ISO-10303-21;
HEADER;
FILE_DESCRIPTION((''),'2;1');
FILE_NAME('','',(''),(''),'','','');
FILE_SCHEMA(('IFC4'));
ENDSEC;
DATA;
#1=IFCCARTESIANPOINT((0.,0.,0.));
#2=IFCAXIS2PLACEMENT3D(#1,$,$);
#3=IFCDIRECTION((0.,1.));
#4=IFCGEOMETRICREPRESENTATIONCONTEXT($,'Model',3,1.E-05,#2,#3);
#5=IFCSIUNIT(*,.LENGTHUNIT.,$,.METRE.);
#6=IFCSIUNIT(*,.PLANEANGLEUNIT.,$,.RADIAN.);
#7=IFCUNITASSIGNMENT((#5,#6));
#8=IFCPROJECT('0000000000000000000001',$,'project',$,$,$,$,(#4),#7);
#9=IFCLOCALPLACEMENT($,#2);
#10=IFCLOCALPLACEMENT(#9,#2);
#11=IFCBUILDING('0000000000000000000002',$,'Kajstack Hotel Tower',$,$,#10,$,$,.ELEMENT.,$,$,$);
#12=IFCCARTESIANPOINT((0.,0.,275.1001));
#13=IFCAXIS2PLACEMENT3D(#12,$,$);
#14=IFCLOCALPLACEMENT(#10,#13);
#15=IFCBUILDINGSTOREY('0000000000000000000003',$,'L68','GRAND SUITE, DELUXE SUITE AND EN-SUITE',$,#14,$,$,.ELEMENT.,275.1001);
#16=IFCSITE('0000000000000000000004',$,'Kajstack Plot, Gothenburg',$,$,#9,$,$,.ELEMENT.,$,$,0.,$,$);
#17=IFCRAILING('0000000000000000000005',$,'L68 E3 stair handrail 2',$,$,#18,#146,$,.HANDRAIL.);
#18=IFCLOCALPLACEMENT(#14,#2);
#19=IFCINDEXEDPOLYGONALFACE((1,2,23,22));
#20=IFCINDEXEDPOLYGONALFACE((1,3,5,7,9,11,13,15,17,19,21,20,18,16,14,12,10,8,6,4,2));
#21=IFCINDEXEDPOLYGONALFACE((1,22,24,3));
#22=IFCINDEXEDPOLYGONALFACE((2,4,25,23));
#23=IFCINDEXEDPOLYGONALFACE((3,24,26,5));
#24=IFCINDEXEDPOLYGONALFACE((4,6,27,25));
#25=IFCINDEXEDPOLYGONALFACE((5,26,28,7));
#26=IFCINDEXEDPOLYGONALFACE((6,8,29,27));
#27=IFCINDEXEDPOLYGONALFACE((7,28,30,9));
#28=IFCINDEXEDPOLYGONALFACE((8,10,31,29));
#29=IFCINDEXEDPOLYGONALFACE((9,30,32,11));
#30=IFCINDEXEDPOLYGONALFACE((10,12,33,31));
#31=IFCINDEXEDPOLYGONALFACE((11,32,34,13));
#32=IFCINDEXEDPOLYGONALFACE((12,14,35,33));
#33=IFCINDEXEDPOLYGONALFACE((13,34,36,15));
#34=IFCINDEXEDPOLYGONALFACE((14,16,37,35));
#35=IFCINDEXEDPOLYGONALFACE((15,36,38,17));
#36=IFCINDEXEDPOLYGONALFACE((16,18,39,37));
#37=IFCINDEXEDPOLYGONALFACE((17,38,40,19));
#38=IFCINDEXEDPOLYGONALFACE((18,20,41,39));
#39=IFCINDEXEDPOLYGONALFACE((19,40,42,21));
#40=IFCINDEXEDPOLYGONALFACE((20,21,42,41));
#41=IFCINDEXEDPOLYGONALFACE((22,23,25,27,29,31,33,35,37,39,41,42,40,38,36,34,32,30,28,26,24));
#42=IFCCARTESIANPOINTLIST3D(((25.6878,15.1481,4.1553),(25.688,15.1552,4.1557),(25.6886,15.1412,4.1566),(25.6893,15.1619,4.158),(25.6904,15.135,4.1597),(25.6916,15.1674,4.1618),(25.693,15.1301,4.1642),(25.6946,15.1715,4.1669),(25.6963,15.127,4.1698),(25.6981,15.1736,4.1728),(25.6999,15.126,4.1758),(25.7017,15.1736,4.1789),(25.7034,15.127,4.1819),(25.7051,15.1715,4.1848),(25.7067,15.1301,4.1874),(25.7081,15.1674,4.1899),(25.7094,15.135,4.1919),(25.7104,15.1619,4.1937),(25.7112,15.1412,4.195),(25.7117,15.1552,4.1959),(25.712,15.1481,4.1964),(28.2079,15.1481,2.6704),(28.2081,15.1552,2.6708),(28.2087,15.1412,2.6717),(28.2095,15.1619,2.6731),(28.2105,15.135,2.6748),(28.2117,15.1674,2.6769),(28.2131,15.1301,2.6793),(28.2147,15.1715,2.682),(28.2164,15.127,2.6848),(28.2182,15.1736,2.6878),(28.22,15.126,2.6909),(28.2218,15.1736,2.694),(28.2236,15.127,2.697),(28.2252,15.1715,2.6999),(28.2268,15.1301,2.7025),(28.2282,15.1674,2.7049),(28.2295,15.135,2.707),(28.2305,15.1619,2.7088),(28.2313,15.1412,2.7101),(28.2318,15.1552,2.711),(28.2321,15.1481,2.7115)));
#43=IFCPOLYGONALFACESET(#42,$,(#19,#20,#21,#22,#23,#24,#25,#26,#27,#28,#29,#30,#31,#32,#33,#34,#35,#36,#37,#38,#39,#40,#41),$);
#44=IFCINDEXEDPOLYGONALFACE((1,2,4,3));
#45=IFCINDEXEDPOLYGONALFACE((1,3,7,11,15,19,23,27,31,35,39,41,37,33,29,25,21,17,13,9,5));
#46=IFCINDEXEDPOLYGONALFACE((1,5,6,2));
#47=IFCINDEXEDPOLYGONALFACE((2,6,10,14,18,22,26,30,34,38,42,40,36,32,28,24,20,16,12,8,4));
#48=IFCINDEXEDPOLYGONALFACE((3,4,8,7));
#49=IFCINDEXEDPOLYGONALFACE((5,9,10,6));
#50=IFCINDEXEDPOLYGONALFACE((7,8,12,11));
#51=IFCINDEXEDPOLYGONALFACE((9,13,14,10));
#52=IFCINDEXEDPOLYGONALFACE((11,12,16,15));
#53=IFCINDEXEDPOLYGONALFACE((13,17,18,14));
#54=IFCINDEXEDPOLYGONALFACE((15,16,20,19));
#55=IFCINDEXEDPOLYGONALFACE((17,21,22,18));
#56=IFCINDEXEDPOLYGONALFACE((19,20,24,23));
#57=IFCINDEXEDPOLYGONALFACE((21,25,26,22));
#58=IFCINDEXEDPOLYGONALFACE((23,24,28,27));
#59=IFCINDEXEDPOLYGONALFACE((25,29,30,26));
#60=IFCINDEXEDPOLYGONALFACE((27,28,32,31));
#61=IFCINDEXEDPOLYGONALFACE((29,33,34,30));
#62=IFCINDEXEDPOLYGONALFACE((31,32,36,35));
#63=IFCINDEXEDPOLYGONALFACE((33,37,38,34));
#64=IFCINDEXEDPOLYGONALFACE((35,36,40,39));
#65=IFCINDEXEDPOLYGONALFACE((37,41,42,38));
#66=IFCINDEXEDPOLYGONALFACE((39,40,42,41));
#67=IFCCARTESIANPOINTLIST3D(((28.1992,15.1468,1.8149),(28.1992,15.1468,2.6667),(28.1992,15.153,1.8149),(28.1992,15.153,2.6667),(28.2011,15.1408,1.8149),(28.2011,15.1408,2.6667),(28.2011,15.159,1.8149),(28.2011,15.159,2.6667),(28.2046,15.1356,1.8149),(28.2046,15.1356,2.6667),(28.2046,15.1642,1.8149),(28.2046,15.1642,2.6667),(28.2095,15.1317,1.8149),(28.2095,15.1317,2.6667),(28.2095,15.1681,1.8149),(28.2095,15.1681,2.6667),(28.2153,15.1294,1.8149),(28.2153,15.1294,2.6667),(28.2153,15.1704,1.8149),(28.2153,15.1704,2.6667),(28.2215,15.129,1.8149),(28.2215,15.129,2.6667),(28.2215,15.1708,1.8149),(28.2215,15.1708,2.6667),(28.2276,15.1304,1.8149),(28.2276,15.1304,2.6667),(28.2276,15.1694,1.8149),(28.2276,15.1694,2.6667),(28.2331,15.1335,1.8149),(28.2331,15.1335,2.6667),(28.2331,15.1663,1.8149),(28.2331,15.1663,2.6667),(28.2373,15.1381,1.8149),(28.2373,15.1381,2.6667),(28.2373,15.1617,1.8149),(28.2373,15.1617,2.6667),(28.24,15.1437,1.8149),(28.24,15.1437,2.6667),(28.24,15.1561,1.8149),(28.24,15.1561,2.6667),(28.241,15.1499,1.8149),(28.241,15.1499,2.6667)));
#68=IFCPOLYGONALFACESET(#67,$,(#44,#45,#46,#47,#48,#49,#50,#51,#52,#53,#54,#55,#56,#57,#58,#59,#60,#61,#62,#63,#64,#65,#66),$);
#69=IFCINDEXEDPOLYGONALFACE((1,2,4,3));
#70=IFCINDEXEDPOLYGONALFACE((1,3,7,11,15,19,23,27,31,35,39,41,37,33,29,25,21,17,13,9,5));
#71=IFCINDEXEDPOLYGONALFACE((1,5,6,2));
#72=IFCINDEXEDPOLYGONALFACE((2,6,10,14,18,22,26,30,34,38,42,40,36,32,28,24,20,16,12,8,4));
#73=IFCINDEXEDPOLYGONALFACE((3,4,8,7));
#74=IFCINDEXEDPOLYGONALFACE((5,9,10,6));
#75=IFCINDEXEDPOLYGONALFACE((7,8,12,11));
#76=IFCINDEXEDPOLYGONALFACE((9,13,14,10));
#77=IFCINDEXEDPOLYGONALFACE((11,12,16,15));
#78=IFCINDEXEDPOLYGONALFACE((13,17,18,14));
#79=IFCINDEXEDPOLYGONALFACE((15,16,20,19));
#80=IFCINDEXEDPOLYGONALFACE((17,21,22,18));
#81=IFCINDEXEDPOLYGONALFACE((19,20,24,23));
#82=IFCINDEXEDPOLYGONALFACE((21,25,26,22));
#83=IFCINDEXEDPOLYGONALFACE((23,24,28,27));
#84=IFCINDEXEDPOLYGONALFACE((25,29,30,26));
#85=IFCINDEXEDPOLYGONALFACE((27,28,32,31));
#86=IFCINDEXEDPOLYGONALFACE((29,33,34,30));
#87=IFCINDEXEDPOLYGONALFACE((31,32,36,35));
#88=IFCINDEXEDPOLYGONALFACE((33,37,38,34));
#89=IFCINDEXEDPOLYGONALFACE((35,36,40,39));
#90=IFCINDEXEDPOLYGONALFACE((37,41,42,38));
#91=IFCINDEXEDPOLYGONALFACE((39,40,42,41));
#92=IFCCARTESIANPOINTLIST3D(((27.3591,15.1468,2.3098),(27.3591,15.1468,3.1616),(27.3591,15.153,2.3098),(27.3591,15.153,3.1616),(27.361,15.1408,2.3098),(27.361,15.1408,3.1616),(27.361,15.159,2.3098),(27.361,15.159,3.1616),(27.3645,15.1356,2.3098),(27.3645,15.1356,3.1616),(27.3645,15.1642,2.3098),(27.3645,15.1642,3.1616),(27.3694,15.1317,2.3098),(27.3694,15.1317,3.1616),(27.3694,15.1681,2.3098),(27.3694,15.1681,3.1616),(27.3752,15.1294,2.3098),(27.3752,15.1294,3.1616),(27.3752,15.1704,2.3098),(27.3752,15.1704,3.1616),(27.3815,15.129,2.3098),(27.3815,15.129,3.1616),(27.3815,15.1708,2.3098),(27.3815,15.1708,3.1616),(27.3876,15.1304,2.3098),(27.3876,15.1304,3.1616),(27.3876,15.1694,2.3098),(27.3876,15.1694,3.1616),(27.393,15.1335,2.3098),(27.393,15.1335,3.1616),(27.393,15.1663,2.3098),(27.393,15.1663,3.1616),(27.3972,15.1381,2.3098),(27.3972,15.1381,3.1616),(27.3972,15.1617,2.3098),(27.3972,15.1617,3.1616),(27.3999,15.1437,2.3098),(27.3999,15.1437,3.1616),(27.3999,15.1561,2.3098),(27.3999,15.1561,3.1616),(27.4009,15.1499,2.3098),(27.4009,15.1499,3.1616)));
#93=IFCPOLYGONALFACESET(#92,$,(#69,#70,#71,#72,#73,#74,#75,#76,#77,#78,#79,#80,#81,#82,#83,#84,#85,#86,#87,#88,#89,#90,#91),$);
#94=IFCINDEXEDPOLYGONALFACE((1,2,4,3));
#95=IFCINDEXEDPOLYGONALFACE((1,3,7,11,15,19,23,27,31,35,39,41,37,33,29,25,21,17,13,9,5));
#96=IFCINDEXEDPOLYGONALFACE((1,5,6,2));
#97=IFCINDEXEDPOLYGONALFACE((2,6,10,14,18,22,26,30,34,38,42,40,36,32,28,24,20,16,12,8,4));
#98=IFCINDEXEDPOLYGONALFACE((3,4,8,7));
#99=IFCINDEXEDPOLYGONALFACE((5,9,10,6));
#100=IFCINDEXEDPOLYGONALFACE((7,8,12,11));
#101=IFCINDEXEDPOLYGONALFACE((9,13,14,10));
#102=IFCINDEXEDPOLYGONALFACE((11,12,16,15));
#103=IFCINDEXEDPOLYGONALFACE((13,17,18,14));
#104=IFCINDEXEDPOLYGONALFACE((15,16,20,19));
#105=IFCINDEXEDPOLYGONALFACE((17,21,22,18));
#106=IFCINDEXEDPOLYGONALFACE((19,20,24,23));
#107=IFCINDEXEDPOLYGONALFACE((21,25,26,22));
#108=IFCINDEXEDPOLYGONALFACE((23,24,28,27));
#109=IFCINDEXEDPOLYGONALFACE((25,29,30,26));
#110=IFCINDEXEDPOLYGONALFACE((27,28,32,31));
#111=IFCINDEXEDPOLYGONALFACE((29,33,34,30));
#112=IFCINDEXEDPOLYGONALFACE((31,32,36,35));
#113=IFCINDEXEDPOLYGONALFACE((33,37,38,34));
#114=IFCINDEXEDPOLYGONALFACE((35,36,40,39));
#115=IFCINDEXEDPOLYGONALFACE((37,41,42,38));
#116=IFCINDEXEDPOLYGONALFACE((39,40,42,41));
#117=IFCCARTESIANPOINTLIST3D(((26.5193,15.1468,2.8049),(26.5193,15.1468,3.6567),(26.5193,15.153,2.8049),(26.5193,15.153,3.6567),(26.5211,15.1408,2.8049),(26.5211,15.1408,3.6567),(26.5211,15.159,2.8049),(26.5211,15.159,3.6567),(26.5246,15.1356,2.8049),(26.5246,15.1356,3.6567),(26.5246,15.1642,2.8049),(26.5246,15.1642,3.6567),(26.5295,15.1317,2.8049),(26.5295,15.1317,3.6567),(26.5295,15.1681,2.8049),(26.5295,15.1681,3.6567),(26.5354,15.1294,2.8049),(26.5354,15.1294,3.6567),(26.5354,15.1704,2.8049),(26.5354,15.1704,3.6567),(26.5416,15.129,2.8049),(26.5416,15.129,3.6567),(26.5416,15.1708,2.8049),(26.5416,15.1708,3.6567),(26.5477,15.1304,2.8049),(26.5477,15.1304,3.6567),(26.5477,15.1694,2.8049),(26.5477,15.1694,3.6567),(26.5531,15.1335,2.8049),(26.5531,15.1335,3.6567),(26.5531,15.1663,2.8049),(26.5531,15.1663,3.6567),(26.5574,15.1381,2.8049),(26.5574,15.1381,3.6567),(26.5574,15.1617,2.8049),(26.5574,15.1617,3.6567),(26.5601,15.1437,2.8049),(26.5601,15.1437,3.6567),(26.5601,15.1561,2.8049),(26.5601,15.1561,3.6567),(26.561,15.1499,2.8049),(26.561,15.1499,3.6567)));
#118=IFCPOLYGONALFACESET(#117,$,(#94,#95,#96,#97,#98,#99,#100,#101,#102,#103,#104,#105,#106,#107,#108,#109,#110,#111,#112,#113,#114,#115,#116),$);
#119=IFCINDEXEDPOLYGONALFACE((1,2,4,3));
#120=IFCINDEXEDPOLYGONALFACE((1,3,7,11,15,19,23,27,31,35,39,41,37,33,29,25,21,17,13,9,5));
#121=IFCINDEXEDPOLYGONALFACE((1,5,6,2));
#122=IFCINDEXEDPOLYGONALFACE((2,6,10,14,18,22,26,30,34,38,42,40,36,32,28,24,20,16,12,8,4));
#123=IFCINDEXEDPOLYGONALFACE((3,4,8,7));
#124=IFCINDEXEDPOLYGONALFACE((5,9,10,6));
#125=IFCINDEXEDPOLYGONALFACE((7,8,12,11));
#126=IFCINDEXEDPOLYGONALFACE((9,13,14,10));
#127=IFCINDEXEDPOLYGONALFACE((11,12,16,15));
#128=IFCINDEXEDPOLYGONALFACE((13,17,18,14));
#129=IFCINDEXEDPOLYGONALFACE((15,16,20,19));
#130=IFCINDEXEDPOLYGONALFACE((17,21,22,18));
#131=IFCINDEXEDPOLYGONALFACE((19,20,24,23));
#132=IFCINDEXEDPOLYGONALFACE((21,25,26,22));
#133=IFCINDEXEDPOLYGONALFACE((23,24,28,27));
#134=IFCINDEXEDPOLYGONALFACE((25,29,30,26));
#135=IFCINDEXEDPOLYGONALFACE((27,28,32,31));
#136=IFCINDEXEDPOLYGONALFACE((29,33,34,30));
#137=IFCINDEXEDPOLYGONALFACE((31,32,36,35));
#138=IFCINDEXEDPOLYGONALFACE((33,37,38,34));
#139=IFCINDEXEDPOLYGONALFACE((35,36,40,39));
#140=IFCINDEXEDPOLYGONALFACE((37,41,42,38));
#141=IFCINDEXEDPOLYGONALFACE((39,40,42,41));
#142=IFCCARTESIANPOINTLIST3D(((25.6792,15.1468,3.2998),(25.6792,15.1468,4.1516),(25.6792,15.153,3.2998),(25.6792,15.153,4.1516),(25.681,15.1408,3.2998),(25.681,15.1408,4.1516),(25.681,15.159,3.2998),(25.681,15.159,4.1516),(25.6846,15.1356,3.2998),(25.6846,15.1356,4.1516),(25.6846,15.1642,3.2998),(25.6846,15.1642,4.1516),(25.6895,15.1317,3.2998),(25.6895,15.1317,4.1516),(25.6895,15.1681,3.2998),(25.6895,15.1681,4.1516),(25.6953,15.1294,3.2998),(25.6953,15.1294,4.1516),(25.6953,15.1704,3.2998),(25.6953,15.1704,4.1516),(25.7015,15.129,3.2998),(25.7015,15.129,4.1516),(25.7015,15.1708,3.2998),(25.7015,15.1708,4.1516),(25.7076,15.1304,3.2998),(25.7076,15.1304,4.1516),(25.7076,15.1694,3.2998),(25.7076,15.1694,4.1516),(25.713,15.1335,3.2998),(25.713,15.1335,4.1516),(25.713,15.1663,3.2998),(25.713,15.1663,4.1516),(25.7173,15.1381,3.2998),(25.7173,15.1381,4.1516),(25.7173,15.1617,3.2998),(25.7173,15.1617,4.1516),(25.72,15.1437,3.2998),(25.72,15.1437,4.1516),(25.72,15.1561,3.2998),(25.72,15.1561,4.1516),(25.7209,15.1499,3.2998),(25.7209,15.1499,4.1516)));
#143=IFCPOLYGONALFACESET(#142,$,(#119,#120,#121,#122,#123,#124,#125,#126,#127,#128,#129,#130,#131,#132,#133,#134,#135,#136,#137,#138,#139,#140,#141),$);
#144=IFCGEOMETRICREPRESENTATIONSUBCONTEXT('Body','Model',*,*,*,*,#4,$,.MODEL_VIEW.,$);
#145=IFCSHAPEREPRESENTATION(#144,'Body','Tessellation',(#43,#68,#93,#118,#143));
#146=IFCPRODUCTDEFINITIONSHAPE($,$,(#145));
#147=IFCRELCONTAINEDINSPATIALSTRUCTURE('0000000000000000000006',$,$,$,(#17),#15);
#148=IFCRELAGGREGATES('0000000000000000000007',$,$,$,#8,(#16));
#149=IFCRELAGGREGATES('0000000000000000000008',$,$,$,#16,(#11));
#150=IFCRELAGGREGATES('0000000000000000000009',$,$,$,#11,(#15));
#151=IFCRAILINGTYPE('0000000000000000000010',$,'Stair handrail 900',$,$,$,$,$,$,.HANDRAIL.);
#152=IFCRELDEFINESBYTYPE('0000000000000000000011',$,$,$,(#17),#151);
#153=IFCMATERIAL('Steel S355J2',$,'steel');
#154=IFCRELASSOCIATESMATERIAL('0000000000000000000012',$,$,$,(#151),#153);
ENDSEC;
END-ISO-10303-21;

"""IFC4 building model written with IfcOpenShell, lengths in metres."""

from ifc_helpers import new_model, si_unit, direction, frame, origin, origin_2d, place, context, subcontext, project, spatial, circle, extrude, material, type_object, element, save


model = new_model("IFC4")

# Units and contexts
model_context = context("Model", 3, precision=1e-05, world=origin(), true_north=direction((0.0, 1.0)))
body_context = subcontext(model_context, "Body", "Model", "MODEL_VIEW")
ifc_project = project(units=[si_unit("LENGTHUNIT", "METRE"), si_unit("PLANEANGLEUNIT", "RADIAN")], contexts=[model_context])

# Site, building, storey
site_placement = place(None, origin())
site = spatial("IfcSite", under=ifc_project, at=site_placement, Name="Kajstack Plot, Gothenburg", CompositionType="ELEMENT", RefElevation=0.0)
building_placement = place(site_placement, origin())
building = spatial("IfcBuilding", under=site, at=building_placement, Name="Kajstack Hotel Tower", CompositionType="ELEMENT")
storey_placement = place(building_placement, frame((0.0, 0.0, 275.1001)))
storey = spatial("IfcBuildingStorey", under=building, at=storey_placement, Name="L68", Description="GRAND SUITE, DELUXE SUITE AND EN-SUITE", CompositionType="ELEMENT", Elevation=275.1001)

# Railing
ifc_material_1 = material(Name="Steel S355J2", Category="steel")
railing_type_1 = type_object("IfcRailingType", Name="Stair handrail 900", PredefinedType="HANDRAIL", material=ifc_material_1)
railing_1_placement = place(storey_placement, frame((28.22, 15.1499, 1.8149)))
element("IfcRailing", 1, at=railing_1_placement, inside=storey, type_object=railing_type_1, Name="L68 E3 stair handrail 2", PredefinedType="HANDRAIL", context=body_context, shape_type="SweptSolid", body=[
    extrude(circle(Radius=0.0239, at=origin_2d()), frame((0.0, 0.0, 0.876), z_axis=(-0.861561, 0.0, 0.507655), x_axis=(0.0, -1.0, 0.0)), (0.0, 0.0, 1.0), 2.925),
    extrude(circle(Radius=0.021, at=origin_2d()), origin(), (0.0, 0.0, 1.0), 0.8518),
    extrude(circle(Radius=0.021, at=origin_2d()), frame((-0.8401, 0.0, 0.4949)), (0.0, 0.0, 1.0), 0.8518),
    extrude(circle(Radius=0.021, at=origin_2d()), frame((-1.6799, 0.0, 0.99)), (0.0, 0.0, 1.0), 0.8518),
    extrude(circle(Radius=0.021, at=origin_2d()), frame((-2.52, 0.0, 1.4849)), (0.0, 0.0, 1.0), 0.8518),
])

save(model, "model.ifc")
